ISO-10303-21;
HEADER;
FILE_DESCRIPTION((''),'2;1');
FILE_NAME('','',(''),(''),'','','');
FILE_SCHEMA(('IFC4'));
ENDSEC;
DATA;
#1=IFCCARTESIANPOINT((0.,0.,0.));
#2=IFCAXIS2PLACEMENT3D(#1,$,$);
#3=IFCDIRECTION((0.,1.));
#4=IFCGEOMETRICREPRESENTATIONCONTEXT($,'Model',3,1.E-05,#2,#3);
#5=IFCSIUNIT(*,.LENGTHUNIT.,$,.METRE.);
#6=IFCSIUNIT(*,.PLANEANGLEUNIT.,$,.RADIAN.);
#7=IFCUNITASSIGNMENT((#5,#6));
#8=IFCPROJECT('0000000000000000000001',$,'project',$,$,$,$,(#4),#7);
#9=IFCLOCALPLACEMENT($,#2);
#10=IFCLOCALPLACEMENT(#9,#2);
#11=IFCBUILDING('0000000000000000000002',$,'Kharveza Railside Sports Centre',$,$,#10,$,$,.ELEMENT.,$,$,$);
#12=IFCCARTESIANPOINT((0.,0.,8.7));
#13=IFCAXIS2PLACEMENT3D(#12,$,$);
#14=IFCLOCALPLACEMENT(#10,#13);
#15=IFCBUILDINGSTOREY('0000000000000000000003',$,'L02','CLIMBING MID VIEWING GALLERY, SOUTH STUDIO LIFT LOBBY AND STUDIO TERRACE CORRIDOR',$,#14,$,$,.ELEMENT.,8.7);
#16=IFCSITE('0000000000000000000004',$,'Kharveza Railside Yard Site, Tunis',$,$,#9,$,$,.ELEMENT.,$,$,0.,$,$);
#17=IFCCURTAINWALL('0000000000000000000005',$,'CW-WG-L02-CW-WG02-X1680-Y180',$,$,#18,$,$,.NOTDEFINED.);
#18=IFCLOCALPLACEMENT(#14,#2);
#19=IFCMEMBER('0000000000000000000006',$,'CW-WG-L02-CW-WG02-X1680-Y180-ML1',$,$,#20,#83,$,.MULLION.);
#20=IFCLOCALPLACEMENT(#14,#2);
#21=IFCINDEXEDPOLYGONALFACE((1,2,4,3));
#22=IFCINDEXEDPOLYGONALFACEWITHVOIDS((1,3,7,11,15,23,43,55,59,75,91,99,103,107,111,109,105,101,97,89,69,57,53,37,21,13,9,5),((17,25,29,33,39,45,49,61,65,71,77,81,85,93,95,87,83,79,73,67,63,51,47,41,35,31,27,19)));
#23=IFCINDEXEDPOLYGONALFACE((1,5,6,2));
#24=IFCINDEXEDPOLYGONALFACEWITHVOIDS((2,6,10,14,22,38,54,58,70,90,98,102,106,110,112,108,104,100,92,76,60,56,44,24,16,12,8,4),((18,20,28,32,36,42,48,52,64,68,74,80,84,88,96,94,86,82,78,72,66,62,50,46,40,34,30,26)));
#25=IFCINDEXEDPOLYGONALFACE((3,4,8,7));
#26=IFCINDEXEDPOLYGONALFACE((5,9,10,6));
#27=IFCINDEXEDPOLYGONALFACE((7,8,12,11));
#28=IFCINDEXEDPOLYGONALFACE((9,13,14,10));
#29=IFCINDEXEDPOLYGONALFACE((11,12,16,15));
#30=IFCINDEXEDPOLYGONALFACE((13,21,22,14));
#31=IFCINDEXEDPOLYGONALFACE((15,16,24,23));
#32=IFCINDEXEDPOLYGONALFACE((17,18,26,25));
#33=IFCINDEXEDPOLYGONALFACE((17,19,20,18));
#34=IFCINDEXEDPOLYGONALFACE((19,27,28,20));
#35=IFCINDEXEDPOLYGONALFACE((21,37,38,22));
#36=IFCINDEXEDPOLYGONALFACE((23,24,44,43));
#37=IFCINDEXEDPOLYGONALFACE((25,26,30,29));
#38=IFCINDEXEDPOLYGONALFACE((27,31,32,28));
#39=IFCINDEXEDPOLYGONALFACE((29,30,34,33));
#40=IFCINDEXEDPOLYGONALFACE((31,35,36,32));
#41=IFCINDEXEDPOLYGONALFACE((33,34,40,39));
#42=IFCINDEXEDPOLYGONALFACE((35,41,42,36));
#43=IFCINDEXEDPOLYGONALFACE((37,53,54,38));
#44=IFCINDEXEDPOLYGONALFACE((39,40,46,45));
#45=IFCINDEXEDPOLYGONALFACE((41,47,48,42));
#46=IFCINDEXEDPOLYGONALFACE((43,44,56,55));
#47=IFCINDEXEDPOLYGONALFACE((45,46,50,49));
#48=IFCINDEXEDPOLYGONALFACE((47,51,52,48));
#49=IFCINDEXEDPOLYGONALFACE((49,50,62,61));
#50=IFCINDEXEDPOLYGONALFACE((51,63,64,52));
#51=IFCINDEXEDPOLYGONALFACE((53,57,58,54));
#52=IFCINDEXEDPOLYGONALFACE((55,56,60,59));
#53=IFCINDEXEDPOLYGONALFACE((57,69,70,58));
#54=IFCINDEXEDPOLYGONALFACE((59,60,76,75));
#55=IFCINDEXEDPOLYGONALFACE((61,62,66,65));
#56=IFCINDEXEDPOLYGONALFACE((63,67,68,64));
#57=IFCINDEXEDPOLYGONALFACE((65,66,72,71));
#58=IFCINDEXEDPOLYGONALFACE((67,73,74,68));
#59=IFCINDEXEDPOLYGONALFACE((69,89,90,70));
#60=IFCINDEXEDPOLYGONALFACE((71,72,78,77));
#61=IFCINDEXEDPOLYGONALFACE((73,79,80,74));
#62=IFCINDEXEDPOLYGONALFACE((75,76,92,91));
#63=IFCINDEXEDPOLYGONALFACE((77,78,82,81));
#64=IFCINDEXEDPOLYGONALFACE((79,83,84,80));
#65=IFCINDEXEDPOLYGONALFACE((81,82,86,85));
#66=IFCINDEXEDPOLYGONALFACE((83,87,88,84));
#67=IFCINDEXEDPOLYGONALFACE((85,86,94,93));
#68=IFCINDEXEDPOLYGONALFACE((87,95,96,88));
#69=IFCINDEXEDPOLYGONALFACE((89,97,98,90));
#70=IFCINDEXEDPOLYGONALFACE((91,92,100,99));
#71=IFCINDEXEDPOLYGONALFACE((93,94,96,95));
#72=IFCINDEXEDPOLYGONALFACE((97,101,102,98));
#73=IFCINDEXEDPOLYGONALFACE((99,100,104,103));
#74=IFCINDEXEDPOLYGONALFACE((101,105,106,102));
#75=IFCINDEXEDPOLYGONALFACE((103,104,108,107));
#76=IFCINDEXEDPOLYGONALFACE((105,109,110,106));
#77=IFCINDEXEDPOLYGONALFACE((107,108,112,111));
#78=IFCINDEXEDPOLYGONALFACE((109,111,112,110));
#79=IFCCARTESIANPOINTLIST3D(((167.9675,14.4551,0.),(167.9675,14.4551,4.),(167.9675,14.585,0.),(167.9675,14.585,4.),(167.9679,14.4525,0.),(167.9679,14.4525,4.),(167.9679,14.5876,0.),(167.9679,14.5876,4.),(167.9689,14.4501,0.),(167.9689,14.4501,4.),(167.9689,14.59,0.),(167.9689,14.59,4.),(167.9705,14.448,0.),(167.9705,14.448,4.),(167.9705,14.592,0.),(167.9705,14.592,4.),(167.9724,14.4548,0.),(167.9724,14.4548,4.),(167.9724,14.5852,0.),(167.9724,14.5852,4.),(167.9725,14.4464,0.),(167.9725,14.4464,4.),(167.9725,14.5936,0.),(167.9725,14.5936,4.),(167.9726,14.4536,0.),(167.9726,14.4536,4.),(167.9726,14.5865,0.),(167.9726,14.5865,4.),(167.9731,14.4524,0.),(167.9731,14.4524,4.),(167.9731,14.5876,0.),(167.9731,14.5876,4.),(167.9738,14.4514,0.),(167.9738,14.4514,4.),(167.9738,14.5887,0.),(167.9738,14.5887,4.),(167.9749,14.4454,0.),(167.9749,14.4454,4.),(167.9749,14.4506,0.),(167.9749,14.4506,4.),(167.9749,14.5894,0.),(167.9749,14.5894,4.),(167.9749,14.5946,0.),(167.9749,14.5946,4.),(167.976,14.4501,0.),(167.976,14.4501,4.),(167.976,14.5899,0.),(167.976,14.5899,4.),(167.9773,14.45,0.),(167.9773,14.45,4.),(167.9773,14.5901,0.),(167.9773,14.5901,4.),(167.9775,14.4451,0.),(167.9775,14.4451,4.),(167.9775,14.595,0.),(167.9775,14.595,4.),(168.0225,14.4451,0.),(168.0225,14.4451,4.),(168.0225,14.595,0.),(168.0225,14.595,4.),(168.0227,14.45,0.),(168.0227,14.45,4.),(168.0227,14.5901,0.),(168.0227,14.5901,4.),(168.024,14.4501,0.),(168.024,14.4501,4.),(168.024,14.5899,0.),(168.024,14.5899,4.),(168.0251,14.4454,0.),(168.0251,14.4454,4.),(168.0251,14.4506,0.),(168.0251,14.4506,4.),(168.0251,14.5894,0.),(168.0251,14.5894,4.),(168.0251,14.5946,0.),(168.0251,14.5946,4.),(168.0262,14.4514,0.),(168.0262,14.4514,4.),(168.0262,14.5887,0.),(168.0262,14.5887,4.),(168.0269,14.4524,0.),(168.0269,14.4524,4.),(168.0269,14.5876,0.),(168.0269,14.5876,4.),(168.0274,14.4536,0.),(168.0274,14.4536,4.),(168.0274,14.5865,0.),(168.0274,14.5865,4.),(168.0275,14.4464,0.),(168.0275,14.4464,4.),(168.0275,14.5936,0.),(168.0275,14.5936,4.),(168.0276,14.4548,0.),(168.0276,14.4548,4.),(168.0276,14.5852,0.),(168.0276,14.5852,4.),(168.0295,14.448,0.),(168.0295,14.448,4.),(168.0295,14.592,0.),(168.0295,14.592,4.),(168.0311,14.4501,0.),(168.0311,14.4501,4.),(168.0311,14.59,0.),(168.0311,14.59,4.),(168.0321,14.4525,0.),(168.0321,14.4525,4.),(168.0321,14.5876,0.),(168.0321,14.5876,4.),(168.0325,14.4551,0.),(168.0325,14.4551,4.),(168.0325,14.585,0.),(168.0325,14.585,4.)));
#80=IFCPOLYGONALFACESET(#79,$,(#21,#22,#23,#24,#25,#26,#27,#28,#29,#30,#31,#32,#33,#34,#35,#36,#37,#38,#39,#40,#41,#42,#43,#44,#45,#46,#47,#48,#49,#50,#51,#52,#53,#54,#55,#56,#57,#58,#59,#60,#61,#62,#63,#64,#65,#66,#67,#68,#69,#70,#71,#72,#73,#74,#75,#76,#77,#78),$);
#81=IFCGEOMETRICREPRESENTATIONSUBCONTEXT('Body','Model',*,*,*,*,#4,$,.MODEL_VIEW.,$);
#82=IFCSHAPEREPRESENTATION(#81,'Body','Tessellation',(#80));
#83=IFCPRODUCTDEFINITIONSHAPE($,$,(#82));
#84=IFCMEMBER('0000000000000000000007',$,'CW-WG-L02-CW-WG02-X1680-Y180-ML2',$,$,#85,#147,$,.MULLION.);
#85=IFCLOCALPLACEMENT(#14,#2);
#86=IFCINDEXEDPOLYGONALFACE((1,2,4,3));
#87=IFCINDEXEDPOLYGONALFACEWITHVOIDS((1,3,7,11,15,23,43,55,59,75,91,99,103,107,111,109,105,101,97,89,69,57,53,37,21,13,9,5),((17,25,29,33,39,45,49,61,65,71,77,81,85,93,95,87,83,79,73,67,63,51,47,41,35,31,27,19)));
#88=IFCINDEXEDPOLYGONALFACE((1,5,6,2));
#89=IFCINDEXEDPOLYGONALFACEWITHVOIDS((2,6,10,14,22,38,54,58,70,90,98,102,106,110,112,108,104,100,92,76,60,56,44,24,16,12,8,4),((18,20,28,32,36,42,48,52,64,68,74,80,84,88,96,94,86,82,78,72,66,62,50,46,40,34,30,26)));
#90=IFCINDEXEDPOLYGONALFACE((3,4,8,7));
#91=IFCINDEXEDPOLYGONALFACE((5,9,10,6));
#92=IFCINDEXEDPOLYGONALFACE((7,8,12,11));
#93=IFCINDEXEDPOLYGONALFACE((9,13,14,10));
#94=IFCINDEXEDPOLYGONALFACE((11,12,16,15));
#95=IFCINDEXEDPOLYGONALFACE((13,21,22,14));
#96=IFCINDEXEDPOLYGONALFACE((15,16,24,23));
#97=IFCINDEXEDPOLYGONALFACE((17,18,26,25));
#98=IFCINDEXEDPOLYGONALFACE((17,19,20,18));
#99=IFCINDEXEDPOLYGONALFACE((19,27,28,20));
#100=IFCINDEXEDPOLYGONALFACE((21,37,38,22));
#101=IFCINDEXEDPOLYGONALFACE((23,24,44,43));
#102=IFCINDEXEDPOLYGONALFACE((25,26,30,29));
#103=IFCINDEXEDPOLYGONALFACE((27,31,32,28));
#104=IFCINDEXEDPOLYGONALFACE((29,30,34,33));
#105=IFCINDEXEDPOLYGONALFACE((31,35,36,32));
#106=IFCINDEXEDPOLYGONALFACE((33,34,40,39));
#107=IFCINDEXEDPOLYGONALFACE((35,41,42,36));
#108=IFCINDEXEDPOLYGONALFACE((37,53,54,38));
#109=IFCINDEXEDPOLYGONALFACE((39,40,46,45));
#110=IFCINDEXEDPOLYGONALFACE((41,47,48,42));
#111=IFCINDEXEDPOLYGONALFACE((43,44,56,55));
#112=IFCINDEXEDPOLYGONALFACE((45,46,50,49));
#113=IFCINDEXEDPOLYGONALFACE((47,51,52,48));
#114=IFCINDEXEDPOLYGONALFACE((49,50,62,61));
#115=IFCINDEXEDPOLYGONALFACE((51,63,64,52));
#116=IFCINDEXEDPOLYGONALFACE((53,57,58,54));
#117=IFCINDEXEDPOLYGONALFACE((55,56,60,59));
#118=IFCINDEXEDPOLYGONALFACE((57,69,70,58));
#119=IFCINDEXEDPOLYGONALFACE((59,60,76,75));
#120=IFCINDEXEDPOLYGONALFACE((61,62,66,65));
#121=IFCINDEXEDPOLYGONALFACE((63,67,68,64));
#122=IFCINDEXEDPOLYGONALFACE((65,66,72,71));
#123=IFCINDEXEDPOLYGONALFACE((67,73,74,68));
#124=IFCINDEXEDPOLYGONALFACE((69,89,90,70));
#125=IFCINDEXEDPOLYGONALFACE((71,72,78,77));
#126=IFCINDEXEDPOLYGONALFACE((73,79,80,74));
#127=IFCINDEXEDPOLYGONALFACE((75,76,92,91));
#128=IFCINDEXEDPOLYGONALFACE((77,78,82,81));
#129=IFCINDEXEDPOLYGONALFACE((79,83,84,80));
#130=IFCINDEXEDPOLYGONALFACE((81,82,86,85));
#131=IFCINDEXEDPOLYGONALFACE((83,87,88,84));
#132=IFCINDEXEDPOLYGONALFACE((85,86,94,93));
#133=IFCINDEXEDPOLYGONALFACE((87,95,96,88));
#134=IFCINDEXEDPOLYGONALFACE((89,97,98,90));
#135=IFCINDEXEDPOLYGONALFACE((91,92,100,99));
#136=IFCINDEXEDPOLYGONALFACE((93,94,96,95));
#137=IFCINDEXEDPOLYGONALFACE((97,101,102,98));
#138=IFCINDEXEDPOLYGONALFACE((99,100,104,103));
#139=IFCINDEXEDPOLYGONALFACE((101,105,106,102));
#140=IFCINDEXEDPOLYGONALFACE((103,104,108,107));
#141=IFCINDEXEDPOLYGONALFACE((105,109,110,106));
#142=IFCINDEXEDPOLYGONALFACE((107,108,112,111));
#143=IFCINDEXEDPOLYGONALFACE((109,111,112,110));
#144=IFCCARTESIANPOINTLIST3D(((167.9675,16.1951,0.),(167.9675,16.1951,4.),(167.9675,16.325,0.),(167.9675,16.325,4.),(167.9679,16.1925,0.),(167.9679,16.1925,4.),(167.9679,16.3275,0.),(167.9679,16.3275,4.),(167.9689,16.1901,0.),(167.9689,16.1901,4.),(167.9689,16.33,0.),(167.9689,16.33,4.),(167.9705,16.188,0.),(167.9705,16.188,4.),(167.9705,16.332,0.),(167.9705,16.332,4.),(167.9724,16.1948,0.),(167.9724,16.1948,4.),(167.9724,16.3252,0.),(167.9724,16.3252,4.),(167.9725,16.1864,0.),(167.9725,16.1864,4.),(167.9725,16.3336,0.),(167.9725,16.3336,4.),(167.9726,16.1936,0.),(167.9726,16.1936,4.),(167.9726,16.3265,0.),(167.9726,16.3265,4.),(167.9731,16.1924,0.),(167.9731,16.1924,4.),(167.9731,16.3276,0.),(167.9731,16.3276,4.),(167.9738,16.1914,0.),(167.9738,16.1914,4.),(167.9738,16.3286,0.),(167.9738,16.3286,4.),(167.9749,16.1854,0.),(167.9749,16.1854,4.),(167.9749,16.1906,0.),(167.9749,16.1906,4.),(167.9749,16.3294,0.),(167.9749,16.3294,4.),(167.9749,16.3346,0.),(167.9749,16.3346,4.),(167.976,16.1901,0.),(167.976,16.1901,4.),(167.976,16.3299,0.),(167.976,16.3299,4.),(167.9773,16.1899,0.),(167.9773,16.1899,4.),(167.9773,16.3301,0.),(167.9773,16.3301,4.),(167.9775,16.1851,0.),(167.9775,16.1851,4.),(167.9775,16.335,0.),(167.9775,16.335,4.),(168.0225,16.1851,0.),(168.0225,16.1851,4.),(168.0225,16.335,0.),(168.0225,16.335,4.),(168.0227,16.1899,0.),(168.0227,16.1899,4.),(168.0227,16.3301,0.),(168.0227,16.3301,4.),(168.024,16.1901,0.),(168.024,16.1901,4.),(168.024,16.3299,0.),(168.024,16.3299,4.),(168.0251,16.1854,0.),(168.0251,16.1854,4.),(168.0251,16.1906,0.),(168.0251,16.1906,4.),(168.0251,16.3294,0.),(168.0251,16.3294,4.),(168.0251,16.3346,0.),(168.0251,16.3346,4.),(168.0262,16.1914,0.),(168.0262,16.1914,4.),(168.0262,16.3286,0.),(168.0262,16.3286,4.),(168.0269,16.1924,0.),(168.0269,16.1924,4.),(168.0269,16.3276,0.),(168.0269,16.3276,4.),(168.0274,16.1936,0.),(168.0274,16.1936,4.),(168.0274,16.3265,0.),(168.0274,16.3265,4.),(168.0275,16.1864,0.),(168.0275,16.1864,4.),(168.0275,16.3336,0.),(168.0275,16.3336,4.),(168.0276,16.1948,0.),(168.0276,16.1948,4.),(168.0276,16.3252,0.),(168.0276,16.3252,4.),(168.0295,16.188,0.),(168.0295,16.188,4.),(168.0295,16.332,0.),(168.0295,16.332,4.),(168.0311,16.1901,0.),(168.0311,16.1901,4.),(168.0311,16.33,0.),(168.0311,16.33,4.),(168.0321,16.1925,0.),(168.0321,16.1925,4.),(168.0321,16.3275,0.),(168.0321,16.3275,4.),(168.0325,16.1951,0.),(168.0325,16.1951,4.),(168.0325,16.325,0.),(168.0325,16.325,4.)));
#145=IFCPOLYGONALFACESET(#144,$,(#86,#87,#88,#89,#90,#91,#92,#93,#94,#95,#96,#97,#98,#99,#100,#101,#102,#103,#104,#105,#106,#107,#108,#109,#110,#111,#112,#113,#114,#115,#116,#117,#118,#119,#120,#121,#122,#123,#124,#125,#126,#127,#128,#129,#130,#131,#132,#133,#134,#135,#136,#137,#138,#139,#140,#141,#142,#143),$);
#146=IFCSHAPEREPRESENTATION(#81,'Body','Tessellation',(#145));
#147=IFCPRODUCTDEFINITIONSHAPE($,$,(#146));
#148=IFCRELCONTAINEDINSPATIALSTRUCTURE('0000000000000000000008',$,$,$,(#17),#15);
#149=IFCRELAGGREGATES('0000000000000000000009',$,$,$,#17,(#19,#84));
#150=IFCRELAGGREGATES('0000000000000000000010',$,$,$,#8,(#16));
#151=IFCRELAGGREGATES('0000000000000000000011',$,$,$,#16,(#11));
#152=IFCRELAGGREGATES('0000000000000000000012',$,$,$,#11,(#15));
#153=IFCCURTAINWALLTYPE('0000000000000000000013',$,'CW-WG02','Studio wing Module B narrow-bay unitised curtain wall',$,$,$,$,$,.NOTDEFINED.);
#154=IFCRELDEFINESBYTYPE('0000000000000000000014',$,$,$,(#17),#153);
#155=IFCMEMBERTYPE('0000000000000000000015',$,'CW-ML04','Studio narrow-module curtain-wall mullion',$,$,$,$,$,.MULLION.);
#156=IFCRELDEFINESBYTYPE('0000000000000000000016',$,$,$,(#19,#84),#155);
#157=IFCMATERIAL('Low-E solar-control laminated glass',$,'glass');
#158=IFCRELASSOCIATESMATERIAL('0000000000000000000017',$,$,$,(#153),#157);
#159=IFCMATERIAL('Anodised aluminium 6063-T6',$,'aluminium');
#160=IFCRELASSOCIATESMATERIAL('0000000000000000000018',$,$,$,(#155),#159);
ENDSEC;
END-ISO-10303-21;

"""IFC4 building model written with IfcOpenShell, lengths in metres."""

from ifc_helpers import new_model, si_unit, direction, frame, origin, origin_2d, place, context, subcontext, project, spatial, hollow_rectangle, extrude, material, material_profile, profile_set, type_object, element, aggregate, save


model = new_model("IFC4")

# Units and contexts
model_context = context("Model", 3, precision=1e-05, world=origin(), true_north=direction((0.0, 1.0)))
body_context = subcontext(model_context, "Body", "Model", "MODEL_VIEW")
ifc_project = project(units=[si_unit("LENGTHUNIT", "METRE"), si_unit("PLANEANGLEUNIT", "RADIAN")], contexts=[model_context])

# Site, building, storey
site_placement = place(None, origin())
site = spatial("IfcSite", under=ifc_project, at=site_placement, Name="Kharveza Railside Yard Site, Tunis", CompositionType="ELEMENT", RefElevation=0.0)
building_placement = place(site_placement, origin())
building = spatial("IfcBuilding", under=site, at=building_placement, Name="Kharveza Railside Sports Centre", CompositionType="ELEMENT")
storey_placement = place(building_placement, frame((0.0, 0.0, 8.7)))
storey = spatial("IfcBuildingStorey", under=building, at=storey_placement, Name="L02", Description="CLIMBING MID VIEWING GALLERY, SOUTH STUDIO LIFT LOBBY AND STUDIO TERRACE CORRIDOR", CompositionType="ELEMENT", Elevation=8.7)

# Curtain wall, members
ifc_material_1 = material(Name="Low-E solar-control laminated glass", Category="glass")
curtain_wall_type = type_object("IfcCurtainWallType", Name="CW-WG02", Description="Studio wing Module B narrow-bay unitised curtain wall", PredefinedType="NOTDEFINED", material=ifc_material_1)
curtain_wall_placement = place(storey_placement, origin())
curtain_wall = element("IfcCurtainWall", 1, at=curtain_wall_placement, inside=storey, type_object=curtain_wall_type, Name="CW-WG-L02-CW-WG02-X1680-Y180", PredefinedType="NOTDEFINED")
ifc_material_2 = material(Name="Anodised aluminium 6063-T6", Category="aluminium")
ifc_material_profile_1 = material_profile(ifc_material_2, hollow_rectangle(XDim=0.0649, YDim=0.1499, WallThickness=0.0049, InnerFilletRadius=0.0049, OuterFilletRadius=0.01, at=origin_2d()), Name="RHS 65x150x5.0")
ifc_profile_set_1 = profile_set([ifc_material_profile_1], Name="Anodised aluminium 6063-T6")
member_type_1 = type_object("IfcMemberType", Name="CW-ML04", Description="Studio narrow-module curtain-wall mullion", PredefinedType="MULLION", material=ifc_profile_set_1)
member_1_placement = place(storey_placement, frame((168.0, 14.52, 0.0), z_axis=(0.0, 0.0, 1.0), x_axis=(1.0, 0.0, 0.0)))
member_1 = element("IfcMember", 2, at=member_1_placement, type_object=member_type_1, Name="CW-WG-L02-CW-WG02-X1680-Y180-ML1", PredefinedType="MULLION", context=body_context, shape_type="SweptSolid", body=[
    extrude(hollow_rectangle(XDim=0.0649, YDim=0.1499, WallThickness=0.0049, InnerFilletRadius=0.0049, OuterFilletRadius=0.01, at=origin_2d()), origin(), (0.0, 0.0, 1.0), 4.0),
])
member_2_placement = place(storey_placement, frame((168.0, 16.26, 0.0), z_axis=(0.0, 0.0, 1.0), x_axis=(1.0, 0.0, 0.0)))
member_2 = element("IfcMember", 3, at=member_2_placement, type_object=member_type_1, Name="CW-WG-L02-CW-WG02-X1680-Y180-ML2", PredefinedType="MULLION", context=body_context, shape_type="SweptSolid", body=[
    extrude(hollow_rectangle(XDim=0.0649, YDim=0.1499, WallThickness=0.0049, InnerFilletRadius=0.0049, OuterFilletRadius=0.01, at=origin_2d()), origin(), (0.0, 0.0, 1.0), 4.0),
])
aggregate(curtain_wall, [member_1, member_2])

save(model, "model.ifc")
